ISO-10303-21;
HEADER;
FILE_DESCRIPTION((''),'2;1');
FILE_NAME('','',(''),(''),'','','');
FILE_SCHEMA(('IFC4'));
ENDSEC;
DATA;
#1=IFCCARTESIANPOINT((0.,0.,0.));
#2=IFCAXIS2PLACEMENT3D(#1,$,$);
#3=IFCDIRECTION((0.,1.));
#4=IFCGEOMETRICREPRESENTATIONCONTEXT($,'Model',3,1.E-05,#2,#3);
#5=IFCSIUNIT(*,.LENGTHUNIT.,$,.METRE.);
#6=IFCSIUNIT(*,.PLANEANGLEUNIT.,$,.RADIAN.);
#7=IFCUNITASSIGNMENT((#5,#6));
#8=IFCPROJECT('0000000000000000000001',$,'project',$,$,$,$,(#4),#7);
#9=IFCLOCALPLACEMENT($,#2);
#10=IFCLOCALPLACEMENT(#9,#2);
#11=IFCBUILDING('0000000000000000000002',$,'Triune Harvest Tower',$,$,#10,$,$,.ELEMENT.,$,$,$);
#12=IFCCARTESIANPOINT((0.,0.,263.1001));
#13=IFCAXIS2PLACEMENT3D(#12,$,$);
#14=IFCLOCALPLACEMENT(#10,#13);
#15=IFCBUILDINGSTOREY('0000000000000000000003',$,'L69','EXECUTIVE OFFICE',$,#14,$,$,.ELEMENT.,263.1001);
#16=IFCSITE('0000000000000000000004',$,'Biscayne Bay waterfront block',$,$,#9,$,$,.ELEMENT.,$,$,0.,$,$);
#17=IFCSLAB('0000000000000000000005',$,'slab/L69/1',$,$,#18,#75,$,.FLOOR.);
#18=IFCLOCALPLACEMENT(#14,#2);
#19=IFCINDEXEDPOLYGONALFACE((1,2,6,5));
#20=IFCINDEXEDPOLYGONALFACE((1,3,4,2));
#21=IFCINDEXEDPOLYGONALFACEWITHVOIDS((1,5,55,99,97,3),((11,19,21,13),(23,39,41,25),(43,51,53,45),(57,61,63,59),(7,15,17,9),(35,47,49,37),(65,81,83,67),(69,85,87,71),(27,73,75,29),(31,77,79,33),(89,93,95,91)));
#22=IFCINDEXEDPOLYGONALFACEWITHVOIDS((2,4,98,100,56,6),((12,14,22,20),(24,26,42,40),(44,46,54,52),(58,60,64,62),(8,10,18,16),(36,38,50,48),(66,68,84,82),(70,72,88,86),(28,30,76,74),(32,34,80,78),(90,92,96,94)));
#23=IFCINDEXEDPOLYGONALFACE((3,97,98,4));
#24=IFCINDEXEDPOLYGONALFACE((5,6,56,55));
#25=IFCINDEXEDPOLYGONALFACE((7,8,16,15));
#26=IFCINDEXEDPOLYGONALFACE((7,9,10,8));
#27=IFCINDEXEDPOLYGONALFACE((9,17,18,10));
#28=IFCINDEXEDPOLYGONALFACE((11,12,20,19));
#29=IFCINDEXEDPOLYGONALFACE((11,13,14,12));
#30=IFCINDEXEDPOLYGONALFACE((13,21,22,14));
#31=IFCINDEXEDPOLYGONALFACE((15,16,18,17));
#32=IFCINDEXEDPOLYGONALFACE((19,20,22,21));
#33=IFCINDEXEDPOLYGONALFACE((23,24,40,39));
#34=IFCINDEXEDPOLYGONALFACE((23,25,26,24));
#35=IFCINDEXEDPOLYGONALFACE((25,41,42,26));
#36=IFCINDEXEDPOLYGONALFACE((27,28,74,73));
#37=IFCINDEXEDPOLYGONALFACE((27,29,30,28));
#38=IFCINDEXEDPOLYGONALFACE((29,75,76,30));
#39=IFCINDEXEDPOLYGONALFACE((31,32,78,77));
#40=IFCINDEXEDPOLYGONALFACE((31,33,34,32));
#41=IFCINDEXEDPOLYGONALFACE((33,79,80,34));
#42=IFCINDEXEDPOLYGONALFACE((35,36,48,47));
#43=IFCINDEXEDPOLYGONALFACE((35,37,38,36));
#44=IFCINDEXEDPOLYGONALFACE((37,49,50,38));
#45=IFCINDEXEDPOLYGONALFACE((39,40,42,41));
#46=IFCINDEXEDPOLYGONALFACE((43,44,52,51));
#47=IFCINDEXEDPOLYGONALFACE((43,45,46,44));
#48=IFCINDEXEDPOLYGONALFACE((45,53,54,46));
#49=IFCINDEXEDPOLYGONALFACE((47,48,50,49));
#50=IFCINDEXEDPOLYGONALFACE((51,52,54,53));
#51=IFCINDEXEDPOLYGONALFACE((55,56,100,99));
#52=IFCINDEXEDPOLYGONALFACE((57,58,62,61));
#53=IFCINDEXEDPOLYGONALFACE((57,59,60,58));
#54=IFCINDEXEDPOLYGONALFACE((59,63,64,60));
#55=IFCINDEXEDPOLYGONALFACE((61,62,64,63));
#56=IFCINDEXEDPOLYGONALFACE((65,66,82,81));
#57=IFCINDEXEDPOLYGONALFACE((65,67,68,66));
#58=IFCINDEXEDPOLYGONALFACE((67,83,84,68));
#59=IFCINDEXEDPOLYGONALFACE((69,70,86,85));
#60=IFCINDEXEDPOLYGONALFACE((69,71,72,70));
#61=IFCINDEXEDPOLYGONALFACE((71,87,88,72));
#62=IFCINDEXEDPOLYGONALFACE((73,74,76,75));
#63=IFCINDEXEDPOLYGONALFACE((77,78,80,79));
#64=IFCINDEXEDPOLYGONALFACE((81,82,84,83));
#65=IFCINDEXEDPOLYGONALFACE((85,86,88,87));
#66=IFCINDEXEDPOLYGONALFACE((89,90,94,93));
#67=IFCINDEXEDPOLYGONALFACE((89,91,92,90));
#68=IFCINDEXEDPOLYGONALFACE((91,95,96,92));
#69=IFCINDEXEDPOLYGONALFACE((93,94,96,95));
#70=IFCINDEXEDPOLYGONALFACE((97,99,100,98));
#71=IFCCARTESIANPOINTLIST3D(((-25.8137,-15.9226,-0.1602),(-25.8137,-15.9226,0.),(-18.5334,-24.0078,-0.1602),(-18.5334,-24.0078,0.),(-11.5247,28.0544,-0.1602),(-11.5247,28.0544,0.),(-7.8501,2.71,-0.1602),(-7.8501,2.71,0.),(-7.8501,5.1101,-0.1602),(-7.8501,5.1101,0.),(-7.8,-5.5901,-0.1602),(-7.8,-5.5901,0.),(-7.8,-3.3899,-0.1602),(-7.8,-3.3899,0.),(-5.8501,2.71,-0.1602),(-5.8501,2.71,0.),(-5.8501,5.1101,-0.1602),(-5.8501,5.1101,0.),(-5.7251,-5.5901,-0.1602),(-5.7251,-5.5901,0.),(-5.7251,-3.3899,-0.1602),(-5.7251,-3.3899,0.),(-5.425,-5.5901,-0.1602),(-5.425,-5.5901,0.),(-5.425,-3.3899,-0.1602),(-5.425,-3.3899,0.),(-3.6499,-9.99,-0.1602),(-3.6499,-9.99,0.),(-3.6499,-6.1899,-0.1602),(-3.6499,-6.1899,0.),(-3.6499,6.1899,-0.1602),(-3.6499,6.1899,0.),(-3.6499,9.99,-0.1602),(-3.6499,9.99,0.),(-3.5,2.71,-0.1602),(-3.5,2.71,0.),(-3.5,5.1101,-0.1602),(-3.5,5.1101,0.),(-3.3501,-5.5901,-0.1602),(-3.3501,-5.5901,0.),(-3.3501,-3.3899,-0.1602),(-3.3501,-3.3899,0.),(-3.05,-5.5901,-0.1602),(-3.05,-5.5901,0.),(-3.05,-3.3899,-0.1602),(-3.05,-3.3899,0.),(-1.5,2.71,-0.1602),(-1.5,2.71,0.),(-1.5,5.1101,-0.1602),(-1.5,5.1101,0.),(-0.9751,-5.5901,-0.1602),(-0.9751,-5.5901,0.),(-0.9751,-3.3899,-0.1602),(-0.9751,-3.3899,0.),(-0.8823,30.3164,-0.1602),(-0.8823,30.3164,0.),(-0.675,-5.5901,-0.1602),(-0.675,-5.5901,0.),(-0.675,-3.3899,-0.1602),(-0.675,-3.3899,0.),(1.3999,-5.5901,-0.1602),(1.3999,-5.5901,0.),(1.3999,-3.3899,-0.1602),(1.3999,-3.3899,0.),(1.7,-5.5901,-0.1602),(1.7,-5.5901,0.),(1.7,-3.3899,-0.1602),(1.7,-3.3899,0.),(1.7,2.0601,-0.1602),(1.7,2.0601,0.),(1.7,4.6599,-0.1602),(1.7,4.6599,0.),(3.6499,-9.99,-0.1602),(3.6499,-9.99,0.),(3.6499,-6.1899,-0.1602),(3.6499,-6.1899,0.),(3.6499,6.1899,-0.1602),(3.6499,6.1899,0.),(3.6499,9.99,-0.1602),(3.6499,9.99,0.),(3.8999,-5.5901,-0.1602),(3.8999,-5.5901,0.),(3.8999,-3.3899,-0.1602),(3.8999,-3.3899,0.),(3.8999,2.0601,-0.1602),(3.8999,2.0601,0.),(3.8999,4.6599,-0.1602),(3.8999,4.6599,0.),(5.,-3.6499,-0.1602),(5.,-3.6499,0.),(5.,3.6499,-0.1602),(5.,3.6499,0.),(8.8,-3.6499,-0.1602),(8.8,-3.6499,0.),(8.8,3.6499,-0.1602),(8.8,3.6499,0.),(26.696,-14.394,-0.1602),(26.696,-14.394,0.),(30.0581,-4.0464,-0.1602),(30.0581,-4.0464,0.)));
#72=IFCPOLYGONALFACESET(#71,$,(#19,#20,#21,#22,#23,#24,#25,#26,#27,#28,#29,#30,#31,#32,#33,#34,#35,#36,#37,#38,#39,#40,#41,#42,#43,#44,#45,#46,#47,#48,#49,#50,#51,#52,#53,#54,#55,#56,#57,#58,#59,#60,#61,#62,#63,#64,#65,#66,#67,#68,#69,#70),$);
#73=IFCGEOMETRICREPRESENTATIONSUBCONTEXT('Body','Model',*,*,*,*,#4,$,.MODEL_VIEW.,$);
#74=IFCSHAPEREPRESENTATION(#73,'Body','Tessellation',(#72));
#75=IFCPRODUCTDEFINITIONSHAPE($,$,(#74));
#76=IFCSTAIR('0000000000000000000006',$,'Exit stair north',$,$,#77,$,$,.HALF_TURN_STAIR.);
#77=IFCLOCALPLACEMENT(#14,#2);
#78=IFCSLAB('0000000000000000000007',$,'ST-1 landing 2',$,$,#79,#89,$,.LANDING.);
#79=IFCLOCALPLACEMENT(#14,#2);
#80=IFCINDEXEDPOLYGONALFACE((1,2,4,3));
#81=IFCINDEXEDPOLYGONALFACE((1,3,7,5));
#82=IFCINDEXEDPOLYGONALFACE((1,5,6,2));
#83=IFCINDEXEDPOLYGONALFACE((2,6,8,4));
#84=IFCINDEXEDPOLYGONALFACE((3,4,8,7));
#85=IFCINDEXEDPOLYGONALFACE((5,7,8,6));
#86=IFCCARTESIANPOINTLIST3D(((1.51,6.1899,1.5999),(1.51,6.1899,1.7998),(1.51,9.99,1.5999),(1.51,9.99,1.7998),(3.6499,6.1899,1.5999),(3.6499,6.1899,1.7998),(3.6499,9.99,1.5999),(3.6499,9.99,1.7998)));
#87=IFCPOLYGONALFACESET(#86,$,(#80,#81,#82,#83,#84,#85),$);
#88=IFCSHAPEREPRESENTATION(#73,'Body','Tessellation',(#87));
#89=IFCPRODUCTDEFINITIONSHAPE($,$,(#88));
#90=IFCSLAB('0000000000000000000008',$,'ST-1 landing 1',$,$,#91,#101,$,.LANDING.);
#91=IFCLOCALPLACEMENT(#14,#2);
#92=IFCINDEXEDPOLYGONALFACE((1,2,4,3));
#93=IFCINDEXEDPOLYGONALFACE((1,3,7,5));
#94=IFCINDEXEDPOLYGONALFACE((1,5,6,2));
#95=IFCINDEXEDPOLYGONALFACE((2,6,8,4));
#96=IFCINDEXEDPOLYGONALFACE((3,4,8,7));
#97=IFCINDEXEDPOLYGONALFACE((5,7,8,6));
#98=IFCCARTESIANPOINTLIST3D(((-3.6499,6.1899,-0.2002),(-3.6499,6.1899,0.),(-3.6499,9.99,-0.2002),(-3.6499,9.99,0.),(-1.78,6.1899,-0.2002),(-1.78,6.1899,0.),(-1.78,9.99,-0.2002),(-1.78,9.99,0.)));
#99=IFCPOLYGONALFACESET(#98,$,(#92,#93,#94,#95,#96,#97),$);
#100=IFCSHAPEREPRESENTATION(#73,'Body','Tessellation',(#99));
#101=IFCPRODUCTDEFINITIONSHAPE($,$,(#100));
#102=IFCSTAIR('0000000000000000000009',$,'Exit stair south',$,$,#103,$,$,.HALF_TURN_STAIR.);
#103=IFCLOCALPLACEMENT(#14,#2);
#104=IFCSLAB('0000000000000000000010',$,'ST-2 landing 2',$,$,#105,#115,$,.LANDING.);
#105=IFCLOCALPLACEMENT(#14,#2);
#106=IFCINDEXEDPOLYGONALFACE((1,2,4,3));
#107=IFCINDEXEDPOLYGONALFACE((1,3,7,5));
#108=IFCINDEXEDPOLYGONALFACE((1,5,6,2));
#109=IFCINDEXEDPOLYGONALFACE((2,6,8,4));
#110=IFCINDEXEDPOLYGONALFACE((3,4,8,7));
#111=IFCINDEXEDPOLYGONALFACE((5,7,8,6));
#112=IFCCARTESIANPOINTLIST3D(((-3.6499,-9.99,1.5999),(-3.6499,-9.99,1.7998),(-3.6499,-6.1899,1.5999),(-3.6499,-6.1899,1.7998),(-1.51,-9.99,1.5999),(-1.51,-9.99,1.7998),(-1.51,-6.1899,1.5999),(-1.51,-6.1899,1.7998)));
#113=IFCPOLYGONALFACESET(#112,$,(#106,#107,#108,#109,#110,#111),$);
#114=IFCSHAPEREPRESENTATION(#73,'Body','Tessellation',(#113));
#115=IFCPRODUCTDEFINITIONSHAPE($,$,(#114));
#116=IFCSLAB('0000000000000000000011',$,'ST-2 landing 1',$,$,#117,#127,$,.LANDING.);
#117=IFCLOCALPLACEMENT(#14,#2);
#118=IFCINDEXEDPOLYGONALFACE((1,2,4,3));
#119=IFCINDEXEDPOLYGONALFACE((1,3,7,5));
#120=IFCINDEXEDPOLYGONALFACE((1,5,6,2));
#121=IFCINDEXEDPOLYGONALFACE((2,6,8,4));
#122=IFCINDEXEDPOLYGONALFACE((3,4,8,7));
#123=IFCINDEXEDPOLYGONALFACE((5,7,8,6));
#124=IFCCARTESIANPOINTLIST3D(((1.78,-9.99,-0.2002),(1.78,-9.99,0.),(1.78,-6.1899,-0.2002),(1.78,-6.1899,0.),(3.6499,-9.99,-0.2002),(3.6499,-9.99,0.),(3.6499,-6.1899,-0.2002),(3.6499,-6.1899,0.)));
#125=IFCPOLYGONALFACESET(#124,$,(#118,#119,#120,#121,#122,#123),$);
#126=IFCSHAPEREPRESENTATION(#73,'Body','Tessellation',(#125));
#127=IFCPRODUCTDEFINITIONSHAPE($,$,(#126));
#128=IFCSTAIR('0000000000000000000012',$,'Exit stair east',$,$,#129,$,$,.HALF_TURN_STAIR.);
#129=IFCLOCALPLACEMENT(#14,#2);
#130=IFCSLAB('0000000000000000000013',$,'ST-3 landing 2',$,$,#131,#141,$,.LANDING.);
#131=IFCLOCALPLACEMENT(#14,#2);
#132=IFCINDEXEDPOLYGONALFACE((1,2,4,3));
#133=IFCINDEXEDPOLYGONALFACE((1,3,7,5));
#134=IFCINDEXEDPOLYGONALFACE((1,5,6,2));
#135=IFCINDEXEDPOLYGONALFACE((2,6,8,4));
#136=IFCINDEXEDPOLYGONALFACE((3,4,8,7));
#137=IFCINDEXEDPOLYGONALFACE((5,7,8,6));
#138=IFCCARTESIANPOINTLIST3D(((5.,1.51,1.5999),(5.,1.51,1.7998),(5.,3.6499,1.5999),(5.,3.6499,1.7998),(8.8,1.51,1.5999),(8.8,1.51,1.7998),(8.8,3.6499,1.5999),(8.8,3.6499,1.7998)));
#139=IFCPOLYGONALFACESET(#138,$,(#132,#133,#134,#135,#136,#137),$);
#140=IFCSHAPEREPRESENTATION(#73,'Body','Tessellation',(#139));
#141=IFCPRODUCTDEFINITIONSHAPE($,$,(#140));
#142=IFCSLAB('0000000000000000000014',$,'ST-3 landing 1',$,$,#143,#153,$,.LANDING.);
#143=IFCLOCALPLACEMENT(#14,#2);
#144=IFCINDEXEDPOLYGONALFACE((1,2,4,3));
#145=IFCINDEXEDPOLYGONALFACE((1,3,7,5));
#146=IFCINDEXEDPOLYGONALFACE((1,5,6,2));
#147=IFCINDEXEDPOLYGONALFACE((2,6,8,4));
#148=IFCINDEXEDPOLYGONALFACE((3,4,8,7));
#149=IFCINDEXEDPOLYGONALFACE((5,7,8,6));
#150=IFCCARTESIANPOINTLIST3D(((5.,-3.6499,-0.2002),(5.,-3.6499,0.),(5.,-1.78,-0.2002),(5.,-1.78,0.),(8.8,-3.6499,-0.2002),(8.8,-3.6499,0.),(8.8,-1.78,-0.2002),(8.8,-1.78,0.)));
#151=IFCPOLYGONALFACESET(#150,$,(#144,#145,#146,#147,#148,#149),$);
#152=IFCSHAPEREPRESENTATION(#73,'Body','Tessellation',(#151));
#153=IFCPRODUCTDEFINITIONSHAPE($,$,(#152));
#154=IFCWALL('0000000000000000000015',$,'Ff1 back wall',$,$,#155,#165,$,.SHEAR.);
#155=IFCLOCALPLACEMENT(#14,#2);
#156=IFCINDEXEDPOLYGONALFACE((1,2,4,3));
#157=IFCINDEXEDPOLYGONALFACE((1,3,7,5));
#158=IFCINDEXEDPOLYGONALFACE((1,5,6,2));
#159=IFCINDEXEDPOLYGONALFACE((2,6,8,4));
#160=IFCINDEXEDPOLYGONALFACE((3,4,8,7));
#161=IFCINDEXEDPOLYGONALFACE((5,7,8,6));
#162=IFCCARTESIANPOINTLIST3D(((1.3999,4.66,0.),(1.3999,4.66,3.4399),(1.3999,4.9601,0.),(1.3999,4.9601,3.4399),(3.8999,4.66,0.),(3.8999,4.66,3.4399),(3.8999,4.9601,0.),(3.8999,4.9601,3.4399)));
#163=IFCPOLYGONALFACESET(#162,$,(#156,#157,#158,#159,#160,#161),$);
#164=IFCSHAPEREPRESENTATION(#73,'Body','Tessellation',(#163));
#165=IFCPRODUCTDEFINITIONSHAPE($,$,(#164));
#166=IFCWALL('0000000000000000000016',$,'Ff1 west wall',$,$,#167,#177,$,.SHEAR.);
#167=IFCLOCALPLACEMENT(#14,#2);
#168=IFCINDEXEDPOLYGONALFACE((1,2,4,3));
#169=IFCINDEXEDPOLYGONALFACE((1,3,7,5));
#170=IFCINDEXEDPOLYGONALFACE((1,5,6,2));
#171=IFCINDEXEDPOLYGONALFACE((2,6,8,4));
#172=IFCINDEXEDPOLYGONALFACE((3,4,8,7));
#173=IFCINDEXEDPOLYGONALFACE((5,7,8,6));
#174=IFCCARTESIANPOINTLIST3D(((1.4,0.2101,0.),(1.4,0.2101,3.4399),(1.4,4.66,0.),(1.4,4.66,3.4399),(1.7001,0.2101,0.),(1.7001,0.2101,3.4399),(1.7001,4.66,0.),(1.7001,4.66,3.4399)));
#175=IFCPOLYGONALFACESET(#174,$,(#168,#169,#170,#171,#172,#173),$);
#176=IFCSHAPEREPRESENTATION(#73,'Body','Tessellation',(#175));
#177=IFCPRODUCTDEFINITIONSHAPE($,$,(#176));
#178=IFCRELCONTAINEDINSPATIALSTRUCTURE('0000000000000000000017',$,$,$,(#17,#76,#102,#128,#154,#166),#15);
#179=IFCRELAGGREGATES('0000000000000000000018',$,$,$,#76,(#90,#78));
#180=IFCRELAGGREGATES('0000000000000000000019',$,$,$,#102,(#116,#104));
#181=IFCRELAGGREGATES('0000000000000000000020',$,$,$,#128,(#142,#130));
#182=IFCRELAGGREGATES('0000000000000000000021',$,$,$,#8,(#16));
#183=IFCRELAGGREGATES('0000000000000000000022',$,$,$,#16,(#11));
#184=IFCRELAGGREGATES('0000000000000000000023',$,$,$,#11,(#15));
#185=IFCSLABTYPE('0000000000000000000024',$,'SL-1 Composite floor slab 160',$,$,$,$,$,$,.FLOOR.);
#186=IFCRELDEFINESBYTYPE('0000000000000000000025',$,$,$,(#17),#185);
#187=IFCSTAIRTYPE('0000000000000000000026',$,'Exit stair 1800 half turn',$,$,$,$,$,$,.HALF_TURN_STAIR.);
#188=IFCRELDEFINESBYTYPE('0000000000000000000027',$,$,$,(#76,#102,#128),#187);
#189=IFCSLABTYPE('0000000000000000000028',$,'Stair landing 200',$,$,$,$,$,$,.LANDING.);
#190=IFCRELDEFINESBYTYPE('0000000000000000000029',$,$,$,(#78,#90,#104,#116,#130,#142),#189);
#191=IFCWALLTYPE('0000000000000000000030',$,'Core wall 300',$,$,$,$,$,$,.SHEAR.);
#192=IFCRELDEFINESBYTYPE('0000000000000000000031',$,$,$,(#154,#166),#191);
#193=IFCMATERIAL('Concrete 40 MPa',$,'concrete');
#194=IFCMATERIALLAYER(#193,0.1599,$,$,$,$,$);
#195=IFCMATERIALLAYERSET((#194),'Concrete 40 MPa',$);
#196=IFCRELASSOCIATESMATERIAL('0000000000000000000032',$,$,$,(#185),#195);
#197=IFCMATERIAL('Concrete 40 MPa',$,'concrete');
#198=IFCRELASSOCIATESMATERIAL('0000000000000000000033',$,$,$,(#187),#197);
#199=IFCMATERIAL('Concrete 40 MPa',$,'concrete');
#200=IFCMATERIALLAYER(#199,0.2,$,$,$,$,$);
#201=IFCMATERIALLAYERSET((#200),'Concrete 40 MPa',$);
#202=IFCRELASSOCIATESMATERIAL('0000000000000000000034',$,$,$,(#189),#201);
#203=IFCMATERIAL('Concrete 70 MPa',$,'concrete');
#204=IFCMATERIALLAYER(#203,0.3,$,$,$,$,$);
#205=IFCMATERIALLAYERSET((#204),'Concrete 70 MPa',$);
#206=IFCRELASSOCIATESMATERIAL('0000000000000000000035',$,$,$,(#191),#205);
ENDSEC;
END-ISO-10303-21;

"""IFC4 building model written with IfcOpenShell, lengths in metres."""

from ifc_helpers import new_model, si_unit, direction, frame, frame_2d, origin, place, context, subcontext, project, spatial, polyline, rectangle, outline, extrude, source, transform, mapped, material, layer, layer_set, type_object, element, aggregate, save


model = new_model("IFC4")

# Units and contexts
model_context = context("Model", 3, precision=1e-05, world=origin(), true_north=direction((0.0, 1.0)))
body_context = subcontext(model_context, "Body", "Model", "MODEL_VIEW")
ifc_project = project(units=[si_unit("LENGTHUNIT", "METRE"), si_unit("PLANEANGLEUNIT", "RADIAN")], contexts=[model_context])

# Site, building, storey
site_placement = place(None, origin())
site = spatial("IfcSite", under=ifc_project, at=site_placement, Name="Biscayne Bay waterfront block", CompositionType="ELEMENT", RefElevation=0.0)
building_placement = place(site_placement, origin())
building = spatial("IfcBuilding", under=site, at=building_placement, Name="Triune Harvest Tower", CompositionType="ELEMENT")
storey_placement = place(building_placement, frame((0.0, 0.0, 263.1001)))
storey = spatial("IfcBuildingStorey", under=building, at=storey_placement, Name="L69", Description="EXECUTIVE OFFICE", CompositionType="ELEMENT", Elevation=263.1001)

# Slab
ifc_material_1 = material(Name="Concrete 40 MPa", Category="concrete")
ifc_layer_1 = layer(ifc_material_1, 0.1599)
ifc_layer_set_1 = layer_set([ifc_layer_1], Name="Concrete 40 MPa")
slab_type_1 = type_object("IfcSlabType", Name="SL-1 Composite floor slab 160", PredefinedType="FLOOR", material=ifc_layer_set_1)
shared_shape_1 = source(origin(), body_context, "Body", "SweptSolid", [
    extrude(outline(polyline([(30.0581, -4.0464), (-0.8823, 30.3164), (-11.5247, 28.0544), (-25.8137, -15.9226), (-18.5334, -24.0078), (26.696, -14.394), (30.0581, -4.0464)]), holes=[polyline([(-5.7251, -5.5901), (-5.7251, -3.3899), (-7.8, -3.3899), (-7.8, -5.5901), (-5.7251, -5.5901)]), polyline([(-3.3501, -5.5901), (-3.3501, -3.3899), (-5.425, -3.3899), (-5.425, -5.5901), (-3.3501, -5.5901)]), polyline([(-0.9751, -5.5901), (-0.9751, -3.3899), (-3.05, -3.3899), (-3.05, -5.5901), (-0.9751, -5.5901)]), polyline([(1.3999, -5.5901), (1.3999, -3.3899), (-0.675, -3.3899), (-0.675, -5.5901), (1.3999, -5.5901)]), polyline([(3.8999, 2.0601), (3.8999, 4.6599), (1.7, 4.6599), (1.7, 2.0601), (3.8999, 2.0601)]), polyline([(3.8999, -5.5901), (3.8999, -3.3899), (1.7, -3.3899), (1.7, -5.5901), (3.8999, -5.5901)]), polyline([(-5.8501, 2.71), (-5.8501, 5.1101), (-7.8501, 5.1101), (-7.8501, 2.71), (-5.8501, 2.71)]), polyline([(-1.5, 2.71), (-1.5, 5.1101), (-3.5, 5.1101), (-3.5, 2.71), (-1.5, 2.71)]), polyline([(3.6499, 6.1899), (3.6499, 9.99), (-3.6499, 9.99), (-3.6499, 6.1899), (3.6499, 6.1899)]), polyline([(3.6499, -9.99), (3.6499, -6.1899), (-3.6499, -6.1899), (-3.6499, -9.99), (3.6499, -9.99)]), polyline([(8.8, -3.6499), (8.8, 3.6499), (5.0, 3.6499), (5.0, -3.6499), (8.8, -3.6499)])]), origin(), (0.0, 0.0, 1.0), 0.1602),
])
slab_1_placement = place(storey_placement, frame((0.0, 0.0, -0.1602)))
element("IfcSlab", 1, at=slab_1_placement, inside=storey, type_object=slab_type_1, Name="slab/L69/1", PredefinedType="FLOOR", context=body_context, shape_type="MappedRepresentation", body=[
    mapped(shared_shape_1, transform((0.0, 0.0, 0.0), scale=1.0)),
])

# Stairs, slabs
ifc_material_2 = material(Name="Concrete 40 MPa", Category="concrete")
stair_type = type_object("IfcStairType", Name="Exit stair 1800 half turn", PredefinedType="HALF_TURN_STAIR", material=ifc_material_2)
stair_1_placement = place(storey_placement, origin())
stair_1 = element("IfcStair", 2, at=stair_1_placement, inside=storey, type_object=stair_type, Name="Exit stair north", PredefinedType="HALF_TURN_STAIR")
ifc_material_3 = material(Name="Concrete 40 MPa", Category="concrete")
ifc_layer_2 = layer(ifc_material_3, 0.2)
ifc_layer_set_2 = layer_set([ifc_layer_2], Name="Concrete 40 MPa")
slab_type_2 = type_object("IfcSlabType", Name="Stair landing 200", PredefinedType="LANDING", material=ifc_layer_set_2)
shared_shape_2 = source(origin(), body_context, "Body", "SweptSolid", [
    extrude(outline(polyline([(1.51, 6.1899), (3.6499, 6.1899), (3.6499, 9.99), (1.51, 9.99), (1.51, 6.1899)])), origin(), (0.0, 0.0, 1.0), 0.2),
])
slab_2_placement = place(storey_placement, frame((0.0, 0.0, 1.5999)))
slab_2 = element("IfcSlab", 3, at=slab_2_placement, type_object=slab_type_2, Name="ST-1 landing 2", PredefinedType="LANDING", context=body_context, shape_type="MappedRepresentation", body=[
    mapped(shared_shape_2, transform((0.0, 0.0, 0.0), scale=1.0)),
])
shared_shape_3 = source(origin(), body_context, "Body", "SweptSolid", [
    extrude(outline(polyline([(-3.6499, 6.1899), (-1.78, 6.1899), (-1.78, 9.99), (-3.6499, 9.99), (-3.6499, 6.1899)])), origin(), (0.0, 0.0, 1.0), 0.2002),
])
slab_3_placement = place(storey_placement, frame((0.0, 0.0, -0.2002)))
slab_3 = element("IfcSlab", 4, at=slab_3_placement, type_object=slab_type_2, Name="ST-1 landing 1", PredefinedType="LANDING", context=body_context, shape_type="MappedRepresentation", body=[
    mapped(shared_shape_3, transform((0.0, 0.0, 0.0), scale=1.0)),
])
aggregate(stair_1, [slab_3, slab_2])
stair_2_placement = place(storey_placement, origin())
stair_2 = element("IfcStair", 5, at=stair_2_placement, inside=storey, type_object=stair_type, Name="Exit stair south", PredefinedType="HALF_TURN_STAIR")
shared_shape_4 = source(origin(), body_context, "Body", "SweptSolid", [
    extrude(outline(polyline([(-1.51, -6.1899), (-3.6499, -6.1899), (-3.6499, -9.99), (-1.51, -9.99), (-1.51, -6.1899)])), origin(), (0.0, 0.0, 1.0), 0.2),
])
slab_4_placement = place(storey_placement, frame((0.0, 0.0, 1.5999)))
slab_4 = element("IfcSlab", 6, at=slab_4_placement, type_object=slab_type_2, Name="ST-2 landing 2", PredefinedType="LANDING", context=body_context, shape_type="MappedRepresentation", body=[
    mapped(shared_shape_4, transform((0.0, 0.0, 0.0), scale=1.0)),
])
shared_shape_5 = source(origin(), body_context, "Body", "SweptSolid", [
    extrude(outline(polyline([(3.6499, -6.1899), (1.78, -6.1899), (1.78, -9.99), (3.6499, -9.99), (3.6499, -6.1899)])), origin(), (0.0, 0.0, 1.0), 0.2002),
])
slab_5_placement = place(storey_placement, frame((0.0, 0.0, -0.2002)))
slab_5 = element("IfcSlab", 7, at=slab_5_placement, type_object=slab_type_2, Name="ST-2 landing 1", PredefinedType="LANDING", context=body_context, shape_type="MappedRepresentation", body=[
    mapped(shared_shape_5, transform((0.0, 0.0, 0.0), scale=1.0)),
])
aggregate(stair_2, [slab_5, slab_4])
stair_3_placement = place(storey_placement, origin())
stair_3 = element("IfcStair", 8, at=stair_3_placement, inside=storey, type_object=stair_type, Name="Exit stair east", PredefinedType="HALF_TURN_STAIR")
shared_shape_6 = source(origin(), body_context, "Body", "SweptSolid", [
    extrude(outline(polyline([(8.8, 1.51), (8.8, 3.6499), (5.0, 3.6499), (5.0, 1.51), (8.8, 1.51)])), origin(), (0.0, 0.0, 1.0), 0.2),
])
slab_6_placement = place(storey_placement, frame((0.0, 0.0, 1.5999)))
slab_6 = element("IfcSlab", 9, at=slab_6_placement, type_object=slab_type_2, Name="ST-3 landing 2", PredefinedType="LANDING", context=body_context, shape_type="MappedRepresentation", body=[
    mapped(shared_shape_6, transform((0.0, 0.0, 0.0), scale=1.0)),
])
shared_shape_7 = source(origin(), body_context, "Body", "SweptSolid", [
    extrude(outline(polyline([(8.8, -3.6499), (8.8, -1.78), (5.0, -1.78), (5.0, -3.6499), (8.8, -3.6499)])), origin(), (0.0, 0.0, 1.0), 0.2002),
])
slab_7_placement = place(storey_placement, frame((0.0, 0.0, -0.2002)))
slab_7 = element("IfcSlab", 10, at=slab_7_placement, type_object=slab_type_2, Name="ST-3 landing 1", PredefinedType="LANDING", context=body_context, shape_type="MappedRepresentation", body=[
    mapped(shared_shape_7, transform((0.0, 0.0, 0.0), scale=1.0)),
])

# Walls
ifc_material_4 = material(Name="Concrete 70 MPa", Category="concrete")
ifc_layer_3 = layer(ifc_material_4, 0.3)
ifc_layer_set_3 = layer_set([ifc_layer_3], Name="Concrete 70 MPa")
wall_type_1 = type_object("IfcWallType", Name="Core wall 300", PredefinedType="SHEAR", material=ifc_layer_set_3)
shared_shape_8 = source(origin(), body_context, "Body", "SweptSolid", [
    extrude(rectangle(XDim=2.5, YDim=0.3, at=frame_2d((1.25, 0.0))), origin(), (0.0, 0.0, 1.0), 3.4399),
])
wall_1_placement = place(storey_placement, frame((1.3999, 4.8101, 0.0), z_axis=(0.0, 0.0, 1.0), x_axis=(1.0, 0.0, 0.0)))
element("IfcWall", 11, at=wall_1_placement, inside=storey, type_object=wall_type_1, Name="Ff1 back wall", PredefinedType="SHEAR", context=body_context, shape_type="MappedRepresentation", body=[
    mapped(shared_shape_8, transform((0.0, 0.0, 0.0), scale=1.0)),
])
shared_shape_9 = source(origin(), body_context, "Body", "SweptSolid", [
    extrude(rectangle(XDim=4.45, YDim=0.3, at=frame_2d((2.2251, 0.0))), origin(), (0.0, 0.0, 1.0), 3.4399),
])
wall_2_placement = place(storey_placement, frame((1.55, 0.21, 0.0), z_axis=(0.0, 0.0, 1.0), x_axis=(0.0, 1.0, 0.0)))
element("IfcWall", 12, at=wall_2_placement, inside=storey, type_object=wall_type_1, Name="Ff1 west wall", PredefinedType="SHEAR", context=body_context, shape_type="MappedRepresentation", body=[
    mapped(shared_shape_9, transform((0.0, 0.0, 0.0), scale=1.0)),
])

aggregate(stair_3, [slab_7, slab_6])

save(model, "model.ifc")
